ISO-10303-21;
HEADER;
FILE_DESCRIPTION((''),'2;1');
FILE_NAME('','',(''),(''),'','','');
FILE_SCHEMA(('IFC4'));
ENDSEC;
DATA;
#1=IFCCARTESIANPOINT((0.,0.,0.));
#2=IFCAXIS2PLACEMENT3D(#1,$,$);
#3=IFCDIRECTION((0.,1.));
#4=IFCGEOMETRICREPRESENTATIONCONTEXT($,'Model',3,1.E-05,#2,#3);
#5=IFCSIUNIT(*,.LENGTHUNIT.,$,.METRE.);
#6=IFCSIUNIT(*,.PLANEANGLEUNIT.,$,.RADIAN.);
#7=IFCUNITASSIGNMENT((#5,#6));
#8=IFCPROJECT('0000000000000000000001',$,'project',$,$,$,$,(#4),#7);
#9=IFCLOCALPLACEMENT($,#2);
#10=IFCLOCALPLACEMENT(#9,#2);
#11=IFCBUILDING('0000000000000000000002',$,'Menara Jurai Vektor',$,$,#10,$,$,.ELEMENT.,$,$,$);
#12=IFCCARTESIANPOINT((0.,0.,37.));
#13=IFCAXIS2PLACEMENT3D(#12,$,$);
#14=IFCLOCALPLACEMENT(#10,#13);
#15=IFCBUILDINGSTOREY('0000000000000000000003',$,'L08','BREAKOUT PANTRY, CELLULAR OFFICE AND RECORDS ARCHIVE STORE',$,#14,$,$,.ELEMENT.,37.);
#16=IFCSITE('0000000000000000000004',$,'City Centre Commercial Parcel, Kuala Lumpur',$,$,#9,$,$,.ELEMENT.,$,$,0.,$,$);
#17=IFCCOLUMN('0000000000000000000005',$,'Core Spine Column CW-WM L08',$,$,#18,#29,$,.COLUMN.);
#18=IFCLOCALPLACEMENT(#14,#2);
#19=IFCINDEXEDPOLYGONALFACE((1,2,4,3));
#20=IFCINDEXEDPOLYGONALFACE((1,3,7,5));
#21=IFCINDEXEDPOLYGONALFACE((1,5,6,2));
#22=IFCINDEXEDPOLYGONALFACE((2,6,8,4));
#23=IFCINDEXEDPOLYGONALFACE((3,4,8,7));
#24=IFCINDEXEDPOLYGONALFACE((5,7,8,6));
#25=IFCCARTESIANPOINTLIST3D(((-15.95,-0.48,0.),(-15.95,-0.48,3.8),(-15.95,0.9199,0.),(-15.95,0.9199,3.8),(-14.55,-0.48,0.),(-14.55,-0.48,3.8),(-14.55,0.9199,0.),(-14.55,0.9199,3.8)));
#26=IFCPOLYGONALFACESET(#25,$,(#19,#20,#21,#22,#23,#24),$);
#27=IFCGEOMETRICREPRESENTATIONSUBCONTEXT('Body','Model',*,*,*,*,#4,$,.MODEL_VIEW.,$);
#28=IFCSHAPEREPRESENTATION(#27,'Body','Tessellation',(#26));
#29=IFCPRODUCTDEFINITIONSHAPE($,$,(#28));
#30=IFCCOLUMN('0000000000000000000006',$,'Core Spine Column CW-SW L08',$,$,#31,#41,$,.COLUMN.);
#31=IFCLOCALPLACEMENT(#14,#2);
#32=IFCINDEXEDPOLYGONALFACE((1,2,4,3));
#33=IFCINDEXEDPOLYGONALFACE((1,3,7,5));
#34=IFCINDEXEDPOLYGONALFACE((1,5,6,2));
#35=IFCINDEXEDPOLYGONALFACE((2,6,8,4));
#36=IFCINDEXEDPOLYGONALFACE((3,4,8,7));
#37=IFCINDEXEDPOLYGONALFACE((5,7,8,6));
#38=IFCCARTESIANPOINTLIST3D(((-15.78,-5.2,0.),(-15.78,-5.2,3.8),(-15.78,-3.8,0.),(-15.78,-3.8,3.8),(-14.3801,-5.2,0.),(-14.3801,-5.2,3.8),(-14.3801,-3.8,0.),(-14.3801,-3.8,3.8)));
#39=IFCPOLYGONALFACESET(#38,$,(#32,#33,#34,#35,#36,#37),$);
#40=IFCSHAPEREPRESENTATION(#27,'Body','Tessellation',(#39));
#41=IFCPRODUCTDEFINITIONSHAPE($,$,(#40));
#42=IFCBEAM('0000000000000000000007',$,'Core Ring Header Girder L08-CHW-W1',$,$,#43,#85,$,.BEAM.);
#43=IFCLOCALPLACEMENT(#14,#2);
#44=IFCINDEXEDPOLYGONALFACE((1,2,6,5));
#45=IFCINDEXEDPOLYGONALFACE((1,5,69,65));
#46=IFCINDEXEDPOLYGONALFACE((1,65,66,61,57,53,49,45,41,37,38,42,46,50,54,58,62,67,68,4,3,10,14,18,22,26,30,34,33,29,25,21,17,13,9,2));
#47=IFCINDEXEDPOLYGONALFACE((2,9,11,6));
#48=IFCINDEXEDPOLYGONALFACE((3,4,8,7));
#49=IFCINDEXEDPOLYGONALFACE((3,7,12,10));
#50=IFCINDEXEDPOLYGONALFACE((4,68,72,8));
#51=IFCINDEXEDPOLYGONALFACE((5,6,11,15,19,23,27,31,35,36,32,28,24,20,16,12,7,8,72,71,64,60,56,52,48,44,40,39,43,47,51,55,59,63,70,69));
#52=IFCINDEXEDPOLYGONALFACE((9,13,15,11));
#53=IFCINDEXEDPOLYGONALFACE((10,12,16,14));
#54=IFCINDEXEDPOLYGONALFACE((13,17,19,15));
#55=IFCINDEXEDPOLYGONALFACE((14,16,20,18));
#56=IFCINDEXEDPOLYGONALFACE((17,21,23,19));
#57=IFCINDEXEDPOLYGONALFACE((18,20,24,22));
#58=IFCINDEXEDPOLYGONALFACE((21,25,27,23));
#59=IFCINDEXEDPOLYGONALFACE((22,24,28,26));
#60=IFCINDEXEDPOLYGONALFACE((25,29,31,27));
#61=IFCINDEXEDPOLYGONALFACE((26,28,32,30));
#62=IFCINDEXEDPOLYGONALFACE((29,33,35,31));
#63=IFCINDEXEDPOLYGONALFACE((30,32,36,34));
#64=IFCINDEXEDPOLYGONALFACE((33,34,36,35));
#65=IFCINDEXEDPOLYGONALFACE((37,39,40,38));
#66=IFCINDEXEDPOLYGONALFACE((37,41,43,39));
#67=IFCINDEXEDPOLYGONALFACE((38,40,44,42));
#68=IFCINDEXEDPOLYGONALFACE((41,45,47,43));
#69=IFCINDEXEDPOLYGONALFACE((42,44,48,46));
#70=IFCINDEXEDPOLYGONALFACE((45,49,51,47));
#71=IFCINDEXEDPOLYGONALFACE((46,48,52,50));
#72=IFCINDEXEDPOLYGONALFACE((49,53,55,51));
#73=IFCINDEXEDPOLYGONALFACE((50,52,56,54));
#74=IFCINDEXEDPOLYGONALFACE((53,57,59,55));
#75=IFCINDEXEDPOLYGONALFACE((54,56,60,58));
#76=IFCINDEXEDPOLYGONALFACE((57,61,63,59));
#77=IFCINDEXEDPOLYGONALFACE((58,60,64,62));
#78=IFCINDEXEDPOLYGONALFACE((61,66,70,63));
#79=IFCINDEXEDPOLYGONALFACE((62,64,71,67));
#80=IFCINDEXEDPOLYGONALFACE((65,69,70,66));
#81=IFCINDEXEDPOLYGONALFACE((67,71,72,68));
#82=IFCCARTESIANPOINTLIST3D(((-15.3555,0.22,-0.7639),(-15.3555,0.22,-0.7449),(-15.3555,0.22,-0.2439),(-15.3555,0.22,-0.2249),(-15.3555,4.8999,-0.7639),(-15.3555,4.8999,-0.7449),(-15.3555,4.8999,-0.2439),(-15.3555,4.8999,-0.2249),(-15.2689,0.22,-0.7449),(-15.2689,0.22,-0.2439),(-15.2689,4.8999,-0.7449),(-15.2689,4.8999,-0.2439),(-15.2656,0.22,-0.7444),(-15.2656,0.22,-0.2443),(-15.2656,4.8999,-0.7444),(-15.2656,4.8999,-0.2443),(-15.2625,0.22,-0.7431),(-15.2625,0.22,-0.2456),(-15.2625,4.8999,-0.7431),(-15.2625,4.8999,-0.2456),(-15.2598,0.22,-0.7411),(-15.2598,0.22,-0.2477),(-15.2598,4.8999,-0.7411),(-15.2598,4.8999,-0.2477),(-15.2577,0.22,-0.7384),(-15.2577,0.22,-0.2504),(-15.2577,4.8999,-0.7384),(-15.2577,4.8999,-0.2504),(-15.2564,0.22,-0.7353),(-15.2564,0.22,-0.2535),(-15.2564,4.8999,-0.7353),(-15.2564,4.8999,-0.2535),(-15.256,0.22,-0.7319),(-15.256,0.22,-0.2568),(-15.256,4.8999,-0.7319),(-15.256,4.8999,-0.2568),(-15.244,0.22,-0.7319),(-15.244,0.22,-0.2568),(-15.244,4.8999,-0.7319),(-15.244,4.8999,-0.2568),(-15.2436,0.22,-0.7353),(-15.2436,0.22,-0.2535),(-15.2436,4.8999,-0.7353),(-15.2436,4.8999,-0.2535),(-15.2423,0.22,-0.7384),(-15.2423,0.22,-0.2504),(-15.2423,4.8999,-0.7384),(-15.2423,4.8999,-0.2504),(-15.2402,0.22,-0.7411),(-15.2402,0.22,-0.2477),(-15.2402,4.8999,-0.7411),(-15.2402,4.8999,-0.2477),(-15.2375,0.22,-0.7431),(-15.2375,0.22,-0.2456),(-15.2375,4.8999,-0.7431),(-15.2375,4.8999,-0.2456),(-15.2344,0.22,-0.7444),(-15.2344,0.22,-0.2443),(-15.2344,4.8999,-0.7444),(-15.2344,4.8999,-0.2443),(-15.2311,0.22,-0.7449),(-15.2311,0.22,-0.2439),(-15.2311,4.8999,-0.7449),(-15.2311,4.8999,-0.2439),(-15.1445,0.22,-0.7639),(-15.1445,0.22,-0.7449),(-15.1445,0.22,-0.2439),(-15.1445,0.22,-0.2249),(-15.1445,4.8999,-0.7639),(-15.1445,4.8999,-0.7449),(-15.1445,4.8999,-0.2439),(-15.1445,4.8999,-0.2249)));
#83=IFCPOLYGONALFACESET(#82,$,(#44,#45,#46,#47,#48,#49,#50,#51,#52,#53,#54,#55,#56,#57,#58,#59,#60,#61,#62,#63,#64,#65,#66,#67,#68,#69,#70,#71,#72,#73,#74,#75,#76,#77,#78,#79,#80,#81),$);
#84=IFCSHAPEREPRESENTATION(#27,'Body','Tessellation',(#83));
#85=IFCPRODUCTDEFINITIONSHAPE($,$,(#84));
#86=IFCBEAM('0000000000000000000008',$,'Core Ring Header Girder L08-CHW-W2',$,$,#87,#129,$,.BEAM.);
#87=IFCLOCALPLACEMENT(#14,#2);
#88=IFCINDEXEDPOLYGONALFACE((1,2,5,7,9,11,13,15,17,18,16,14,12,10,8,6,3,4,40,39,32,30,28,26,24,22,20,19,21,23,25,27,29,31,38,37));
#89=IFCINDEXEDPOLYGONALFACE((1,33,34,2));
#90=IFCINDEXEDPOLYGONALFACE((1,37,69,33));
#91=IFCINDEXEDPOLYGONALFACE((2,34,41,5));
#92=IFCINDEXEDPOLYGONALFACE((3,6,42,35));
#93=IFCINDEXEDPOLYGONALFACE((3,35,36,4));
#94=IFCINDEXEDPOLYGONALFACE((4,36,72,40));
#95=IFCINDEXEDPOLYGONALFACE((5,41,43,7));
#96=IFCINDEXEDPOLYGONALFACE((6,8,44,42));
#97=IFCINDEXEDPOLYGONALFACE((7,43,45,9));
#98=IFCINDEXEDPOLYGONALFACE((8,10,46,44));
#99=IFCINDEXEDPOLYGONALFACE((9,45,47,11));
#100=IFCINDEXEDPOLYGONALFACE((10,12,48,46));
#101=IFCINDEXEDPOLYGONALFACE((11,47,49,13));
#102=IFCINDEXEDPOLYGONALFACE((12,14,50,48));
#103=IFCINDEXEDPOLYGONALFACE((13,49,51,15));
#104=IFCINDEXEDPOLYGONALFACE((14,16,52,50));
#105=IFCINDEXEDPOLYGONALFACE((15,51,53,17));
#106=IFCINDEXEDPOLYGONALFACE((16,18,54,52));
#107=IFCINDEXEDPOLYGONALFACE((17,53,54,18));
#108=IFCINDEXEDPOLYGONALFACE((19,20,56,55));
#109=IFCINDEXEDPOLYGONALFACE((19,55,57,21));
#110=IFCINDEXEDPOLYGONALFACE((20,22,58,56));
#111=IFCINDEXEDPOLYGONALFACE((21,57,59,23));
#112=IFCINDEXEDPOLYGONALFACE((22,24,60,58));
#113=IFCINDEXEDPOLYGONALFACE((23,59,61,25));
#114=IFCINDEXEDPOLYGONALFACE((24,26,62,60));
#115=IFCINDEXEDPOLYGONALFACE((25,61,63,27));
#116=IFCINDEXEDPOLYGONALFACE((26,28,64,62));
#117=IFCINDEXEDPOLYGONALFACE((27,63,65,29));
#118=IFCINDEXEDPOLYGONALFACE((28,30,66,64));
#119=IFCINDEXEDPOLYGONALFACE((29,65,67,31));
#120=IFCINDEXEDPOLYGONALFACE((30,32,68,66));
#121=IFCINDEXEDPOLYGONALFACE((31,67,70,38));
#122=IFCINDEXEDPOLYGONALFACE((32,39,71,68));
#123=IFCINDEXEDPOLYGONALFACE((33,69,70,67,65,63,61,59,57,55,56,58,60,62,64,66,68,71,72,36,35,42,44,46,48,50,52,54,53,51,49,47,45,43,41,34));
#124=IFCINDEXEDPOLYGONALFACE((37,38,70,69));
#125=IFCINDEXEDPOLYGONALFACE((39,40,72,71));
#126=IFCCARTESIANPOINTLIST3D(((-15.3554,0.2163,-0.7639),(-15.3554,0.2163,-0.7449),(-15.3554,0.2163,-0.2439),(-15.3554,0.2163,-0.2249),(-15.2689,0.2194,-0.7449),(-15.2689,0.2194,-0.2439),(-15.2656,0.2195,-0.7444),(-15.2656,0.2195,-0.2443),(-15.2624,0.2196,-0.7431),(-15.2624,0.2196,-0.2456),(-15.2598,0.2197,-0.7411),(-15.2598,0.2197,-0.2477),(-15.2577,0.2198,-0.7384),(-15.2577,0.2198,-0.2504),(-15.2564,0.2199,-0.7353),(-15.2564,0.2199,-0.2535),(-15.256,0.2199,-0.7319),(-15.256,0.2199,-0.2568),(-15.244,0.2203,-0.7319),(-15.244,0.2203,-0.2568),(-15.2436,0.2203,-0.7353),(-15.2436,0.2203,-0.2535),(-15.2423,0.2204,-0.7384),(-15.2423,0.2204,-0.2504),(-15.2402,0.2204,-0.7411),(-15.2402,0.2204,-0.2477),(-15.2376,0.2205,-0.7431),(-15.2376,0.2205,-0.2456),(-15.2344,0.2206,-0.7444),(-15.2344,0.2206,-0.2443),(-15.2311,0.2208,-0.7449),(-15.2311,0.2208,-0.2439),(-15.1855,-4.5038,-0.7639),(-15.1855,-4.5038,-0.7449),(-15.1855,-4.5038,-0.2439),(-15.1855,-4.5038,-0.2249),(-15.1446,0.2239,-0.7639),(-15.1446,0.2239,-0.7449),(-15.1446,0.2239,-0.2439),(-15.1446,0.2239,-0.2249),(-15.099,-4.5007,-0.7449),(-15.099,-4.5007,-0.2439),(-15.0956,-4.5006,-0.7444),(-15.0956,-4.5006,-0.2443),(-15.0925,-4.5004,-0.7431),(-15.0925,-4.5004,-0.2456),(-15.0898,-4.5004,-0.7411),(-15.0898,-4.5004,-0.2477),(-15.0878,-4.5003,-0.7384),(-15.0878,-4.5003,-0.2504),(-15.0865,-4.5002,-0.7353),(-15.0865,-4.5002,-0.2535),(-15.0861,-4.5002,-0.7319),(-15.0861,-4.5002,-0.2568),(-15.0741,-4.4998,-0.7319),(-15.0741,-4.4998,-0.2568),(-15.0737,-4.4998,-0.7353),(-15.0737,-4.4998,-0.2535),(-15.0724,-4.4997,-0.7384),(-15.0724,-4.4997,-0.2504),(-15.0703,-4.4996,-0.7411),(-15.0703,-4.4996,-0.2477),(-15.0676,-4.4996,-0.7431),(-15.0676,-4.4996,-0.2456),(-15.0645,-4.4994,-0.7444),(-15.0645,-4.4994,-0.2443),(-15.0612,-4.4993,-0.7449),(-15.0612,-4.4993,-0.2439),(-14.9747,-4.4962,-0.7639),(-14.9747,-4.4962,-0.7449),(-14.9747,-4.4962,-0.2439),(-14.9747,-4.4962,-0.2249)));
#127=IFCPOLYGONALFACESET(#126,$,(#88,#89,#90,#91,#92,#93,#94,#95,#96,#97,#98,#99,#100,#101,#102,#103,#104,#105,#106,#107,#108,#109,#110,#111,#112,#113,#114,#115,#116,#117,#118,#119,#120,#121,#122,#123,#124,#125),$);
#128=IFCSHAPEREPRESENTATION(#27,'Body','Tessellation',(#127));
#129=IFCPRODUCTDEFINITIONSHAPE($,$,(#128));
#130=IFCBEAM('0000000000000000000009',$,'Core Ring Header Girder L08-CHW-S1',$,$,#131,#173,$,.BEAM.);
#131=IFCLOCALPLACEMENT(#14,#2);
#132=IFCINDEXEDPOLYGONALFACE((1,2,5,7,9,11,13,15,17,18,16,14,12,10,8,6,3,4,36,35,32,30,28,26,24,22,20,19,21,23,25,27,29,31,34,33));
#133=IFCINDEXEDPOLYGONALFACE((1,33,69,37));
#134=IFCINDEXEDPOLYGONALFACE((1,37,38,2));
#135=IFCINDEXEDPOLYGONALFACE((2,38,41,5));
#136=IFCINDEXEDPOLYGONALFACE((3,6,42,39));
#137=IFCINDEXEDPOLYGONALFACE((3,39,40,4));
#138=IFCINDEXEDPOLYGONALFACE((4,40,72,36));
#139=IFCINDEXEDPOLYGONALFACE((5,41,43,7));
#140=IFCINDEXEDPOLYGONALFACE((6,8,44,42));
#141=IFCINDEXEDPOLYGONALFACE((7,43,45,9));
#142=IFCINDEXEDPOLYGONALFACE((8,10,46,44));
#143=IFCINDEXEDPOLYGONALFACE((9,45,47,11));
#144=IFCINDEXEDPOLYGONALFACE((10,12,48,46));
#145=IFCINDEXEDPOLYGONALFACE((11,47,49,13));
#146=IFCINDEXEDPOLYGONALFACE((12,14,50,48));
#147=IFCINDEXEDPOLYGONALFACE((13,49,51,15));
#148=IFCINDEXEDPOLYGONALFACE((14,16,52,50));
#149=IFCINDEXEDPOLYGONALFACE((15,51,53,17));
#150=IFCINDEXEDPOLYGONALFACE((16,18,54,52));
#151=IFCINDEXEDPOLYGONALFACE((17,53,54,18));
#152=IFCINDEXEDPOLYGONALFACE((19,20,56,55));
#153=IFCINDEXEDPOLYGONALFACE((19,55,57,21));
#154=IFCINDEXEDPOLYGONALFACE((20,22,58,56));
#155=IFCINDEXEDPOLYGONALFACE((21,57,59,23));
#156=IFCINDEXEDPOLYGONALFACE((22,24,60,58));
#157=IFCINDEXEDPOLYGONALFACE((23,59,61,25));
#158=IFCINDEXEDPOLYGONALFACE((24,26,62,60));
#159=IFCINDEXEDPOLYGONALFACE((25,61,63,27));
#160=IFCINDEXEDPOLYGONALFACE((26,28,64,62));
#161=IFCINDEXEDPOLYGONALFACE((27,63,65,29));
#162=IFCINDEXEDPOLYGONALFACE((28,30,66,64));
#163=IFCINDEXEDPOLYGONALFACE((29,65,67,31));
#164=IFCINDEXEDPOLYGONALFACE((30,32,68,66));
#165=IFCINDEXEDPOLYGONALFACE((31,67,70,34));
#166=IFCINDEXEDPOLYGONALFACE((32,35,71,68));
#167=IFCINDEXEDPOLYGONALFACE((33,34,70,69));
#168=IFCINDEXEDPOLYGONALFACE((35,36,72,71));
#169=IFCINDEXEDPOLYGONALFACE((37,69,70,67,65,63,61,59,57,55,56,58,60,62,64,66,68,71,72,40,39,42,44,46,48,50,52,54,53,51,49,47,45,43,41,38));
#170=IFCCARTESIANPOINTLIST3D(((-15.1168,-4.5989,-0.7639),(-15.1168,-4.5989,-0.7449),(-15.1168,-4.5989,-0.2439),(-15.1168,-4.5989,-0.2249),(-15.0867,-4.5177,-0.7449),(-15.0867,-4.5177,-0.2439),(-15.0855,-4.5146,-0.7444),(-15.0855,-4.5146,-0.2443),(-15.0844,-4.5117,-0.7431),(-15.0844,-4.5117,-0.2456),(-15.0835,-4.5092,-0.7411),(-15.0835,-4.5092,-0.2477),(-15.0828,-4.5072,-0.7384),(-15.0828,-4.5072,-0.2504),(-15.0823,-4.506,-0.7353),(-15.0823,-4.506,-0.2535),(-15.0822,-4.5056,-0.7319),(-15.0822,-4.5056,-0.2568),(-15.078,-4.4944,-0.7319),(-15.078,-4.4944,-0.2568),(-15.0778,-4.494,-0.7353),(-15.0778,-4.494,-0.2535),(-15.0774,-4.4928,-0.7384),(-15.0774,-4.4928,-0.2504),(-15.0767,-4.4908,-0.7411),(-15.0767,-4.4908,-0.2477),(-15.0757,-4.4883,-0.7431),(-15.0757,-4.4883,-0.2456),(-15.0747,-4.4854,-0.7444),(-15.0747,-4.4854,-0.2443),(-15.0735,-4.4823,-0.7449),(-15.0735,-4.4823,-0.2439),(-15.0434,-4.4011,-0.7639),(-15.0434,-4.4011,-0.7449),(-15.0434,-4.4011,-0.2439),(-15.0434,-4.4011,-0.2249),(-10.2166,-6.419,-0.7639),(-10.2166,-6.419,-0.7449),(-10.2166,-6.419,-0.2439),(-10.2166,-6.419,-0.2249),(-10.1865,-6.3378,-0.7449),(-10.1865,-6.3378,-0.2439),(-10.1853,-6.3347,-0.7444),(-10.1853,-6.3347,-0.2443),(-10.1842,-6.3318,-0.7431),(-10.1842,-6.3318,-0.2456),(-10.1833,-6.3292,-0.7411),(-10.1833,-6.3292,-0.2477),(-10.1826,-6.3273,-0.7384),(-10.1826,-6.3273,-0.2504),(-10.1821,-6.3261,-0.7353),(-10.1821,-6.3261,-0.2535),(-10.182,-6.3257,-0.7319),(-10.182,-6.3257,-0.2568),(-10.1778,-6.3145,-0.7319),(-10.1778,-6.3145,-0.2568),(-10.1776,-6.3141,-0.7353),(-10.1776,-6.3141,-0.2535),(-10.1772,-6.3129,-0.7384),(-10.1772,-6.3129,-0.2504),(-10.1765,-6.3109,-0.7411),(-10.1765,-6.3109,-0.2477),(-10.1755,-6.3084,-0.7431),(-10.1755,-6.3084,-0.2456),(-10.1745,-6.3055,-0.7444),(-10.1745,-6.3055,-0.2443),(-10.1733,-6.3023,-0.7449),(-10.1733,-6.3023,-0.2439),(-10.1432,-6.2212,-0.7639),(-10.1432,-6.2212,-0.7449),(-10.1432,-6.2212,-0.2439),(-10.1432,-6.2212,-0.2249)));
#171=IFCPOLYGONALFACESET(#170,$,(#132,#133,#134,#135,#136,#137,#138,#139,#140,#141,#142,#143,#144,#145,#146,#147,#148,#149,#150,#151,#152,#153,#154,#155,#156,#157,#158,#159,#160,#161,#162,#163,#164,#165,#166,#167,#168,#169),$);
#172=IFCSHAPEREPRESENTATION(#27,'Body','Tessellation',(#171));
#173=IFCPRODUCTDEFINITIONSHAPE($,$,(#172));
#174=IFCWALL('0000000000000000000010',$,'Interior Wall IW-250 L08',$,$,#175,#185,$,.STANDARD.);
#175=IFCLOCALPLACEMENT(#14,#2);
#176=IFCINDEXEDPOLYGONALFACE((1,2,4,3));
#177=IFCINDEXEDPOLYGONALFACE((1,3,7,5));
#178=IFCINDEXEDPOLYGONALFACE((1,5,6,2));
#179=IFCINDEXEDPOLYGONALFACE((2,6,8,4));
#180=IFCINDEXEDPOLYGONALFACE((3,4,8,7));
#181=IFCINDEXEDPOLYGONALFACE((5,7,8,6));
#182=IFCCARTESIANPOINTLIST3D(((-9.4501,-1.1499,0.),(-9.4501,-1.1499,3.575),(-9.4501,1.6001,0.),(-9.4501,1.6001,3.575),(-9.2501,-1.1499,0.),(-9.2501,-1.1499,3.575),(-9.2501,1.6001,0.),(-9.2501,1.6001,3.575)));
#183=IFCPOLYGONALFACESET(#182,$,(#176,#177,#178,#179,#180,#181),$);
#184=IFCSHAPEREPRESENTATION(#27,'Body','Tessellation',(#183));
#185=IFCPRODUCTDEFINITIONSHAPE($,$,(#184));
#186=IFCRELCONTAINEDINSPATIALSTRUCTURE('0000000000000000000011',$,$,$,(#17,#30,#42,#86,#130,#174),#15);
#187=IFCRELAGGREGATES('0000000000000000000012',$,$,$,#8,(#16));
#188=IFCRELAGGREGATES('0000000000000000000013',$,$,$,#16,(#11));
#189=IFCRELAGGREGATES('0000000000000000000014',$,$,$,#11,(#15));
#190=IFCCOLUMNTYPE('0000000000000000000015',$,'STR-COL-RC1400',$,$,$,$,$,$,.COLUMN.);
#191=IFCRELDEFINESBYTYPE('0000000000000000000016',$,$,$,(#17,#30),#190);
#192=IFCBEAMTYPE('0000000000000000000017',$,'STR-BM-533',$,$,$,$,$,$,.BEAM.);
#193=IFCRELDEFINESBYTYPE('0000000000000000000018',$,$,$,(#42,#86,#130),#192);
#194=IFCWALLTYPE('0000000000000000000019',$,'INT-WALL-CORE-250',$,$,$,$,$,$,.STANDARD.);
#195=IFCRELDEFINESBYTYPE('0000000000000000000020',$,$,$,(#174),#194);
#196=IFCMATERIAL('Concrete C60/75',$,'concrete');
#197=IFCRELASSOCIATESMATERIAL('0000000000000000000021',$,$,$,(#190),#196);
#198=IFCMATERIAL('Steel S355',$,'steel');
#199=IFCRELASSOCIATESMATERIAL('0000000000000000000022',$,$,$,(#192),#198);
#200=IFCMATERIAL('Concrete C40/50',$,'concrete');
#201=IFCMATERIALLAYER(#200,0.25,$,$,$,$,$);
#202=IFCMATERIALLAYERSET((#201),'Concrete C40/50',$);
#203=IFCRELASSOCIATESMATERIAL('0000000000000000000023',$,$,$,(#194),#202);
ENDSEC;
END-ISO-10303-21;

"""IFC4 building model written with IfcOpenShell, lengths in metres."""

from ifc_helpers import new_model, si_unit, direction, frame, frame_2d, origin, origin_2d, place, context, subcontext, project, spatial, rectangle, i_section, extrude, material, layer, layer_set, material_profile, profile_set, type_object, element, save


model = new_model("IFC4")

# Units and contexts
model_context = context("Model", 3, precision=1e-05, world=origin(), true_north=direction((0.0, 1.0)))
body_context = subcontext(model_context, "Body", "Model", "MODEL_VIEW")
ifc_project = project(units=[si_unit("LENGTHUNIT", "METRE"), si_unit("PLANEANGLEUNIT", "RADIAN")], contexts=[model_context])

# Site, building, storey
site_placement = place(None, origin())
site = spatial("IfcSite", under=ifc_project, at=site_placement, Name="City Centre Commercial Parcel, Kuala Lumpur", CompositionType="ELEMENT", RefElevation=0.0)
building_placement = place(site_placement, origin())
building = spatial("IfcBuilding", under=site, at=building_placement, Name="Menara Jurai Vektor", CompositionType="ELEMENT")
storey_placement = place(building_placement, frame((0.0, 0.0, 37.0)))
storey = spatial("IfcBuildingStorey", under=building, at=storey_placement, Name="L08", Description="BREAKOUT PANTRY, CELLULAR OFFICE AND RECORDS ARCHIVE STORE", CompositionType="ELEMENT", Elevation=37.0)

# Columns
ifc_material_1 = material(Name="Concrete C60/75", Category="concrete")
ifc_material_profile_1 = material_profile(ifc_material_1, rectangle(XDim=1.3999, YDim=1.3999, at=origin_2d()), Name="RC 1400x1400")
ifc_profile_set_1 = profile_set([ifc_material_profile_1], Name="Concrete C60/75")
column_type = type_object("IfcColumnType", Name="STR-COL-RC1400", PredefinedType="COLUMN", material=ifc_profile_set_1)
for number, where, z_axis, x_axis, name in (
    (1, (-15.25, 0.22, 0.0), (0.0, 0.0, 1.0), (1.0, 0.0, 0.0), "Core Spine Column CW-WM L08"),
    (2, (-15.0801, -4.5, 0.0), (0.0, 0.0, 1.0), (1.0, 0.0, 0.0), "Core Spine Column CW-SW L08"),
):
    element("IfcColumn", number, at=place(storey_placement, frame(where, z_axis=z_axis, x_axis=x_axis)), inside=storey, type_object=column_type, Name=name, PredefinedType="COLUMN", context=body_context, shape_type="SweptSolid", body=[
        extrude(rectangle(XDim=1.3999, YDim=1.3999, at=origin_2d()), origin(), (0.0, 0.0, 1.0), 3.8),
    ])

# Beams
ifc_material_2 = material(Name="Steel S355", Category="steel")
ifc_material_profile_2 = material_profile(ifc_material_2, i_section(OverallWidth=0.2109, OverallDepth=0.5391, WebThickness=0.012, FlangeThickness=0.019, FilletRadius=0.0129, at=origin_2d()), Name="UKB 533x210x109")
ifc_profile_set_2 = profile_set([ifc_material_profile_2], Name="Steel S355")
beam_type = type_object("IfcBeamType", Name="STR-BM-533", PredefinedType="BEAM", material=ifc_profile_set_2)
beam_1_placement = place(storey_placement, frame((-15.25, 0.22, -0.4944), z_axis=(0.0, 1.0, 0.0), x_axis=(-1.0, 0.0, 0.0)))
element("IfcBeam", 3, at=beam_1_placement, inside=storey, type_object=beam_type, Name="Core Ring Header Girder L08-CHW-W1", PredefinedType="BEAM", context=body_context, shape_type="SweptSolid", body=[
    extrude(i_section(OverallWidth=0.2109, OverallDepth=0.5391, WebThickness=0.012, FlangeThickness=0.019, FilletRadius=0.0129, at=origin_2d()), origin(), (0.0, 0.0, 1.0), 4.6799),
])
beam_2_placement = place(storey_placement, frame((-15.0801, -4.5, -0.4944), z_axis=(-0.035977, 0.999353, 0.0), x_axis=(-0.999353, -0.035977, 0.0)))
element("IfcBeam", 4, at=beam_2_placement, inside=storey, type_object=beam_type, Name="Core Ring Header Girder L08-CHW-W2", PredefinedType="BEAM", context=body_context, shape_type="SweptSolid", body=[
    extrude(i_section(OverallWidth=0.2109, OverallDepth=0.5391, WebThickness=0.012, FlangeThickness=0.019, FilletRadius=0.0129, at=origin_2d()), origin(), (0.0, 0.0, 1.0), 4.7231),
])
beam_3_placement = place(storey_placement, frame((-15.0801, -4.5, -0.4944), z_axis=(0.937424, -0.348189, 0.0), x_axis=(0.348189, 0.937424, 0.0)))
element("IfcBeam", 5, at=beam_3_placement, inside=storey, type_object=beam_type, Name="Core Ring Header Girder L08-CHW-S1", PredefinedType="BEAM", context=body_context, shape_type="SweptSolid", body=[
    extrude(i_section(OverallWidth=0.2109, OverallDepth=0.5391, WebThickness=0.012, FlangeThickness=0.019, FilletRadius=0.0129, at=origin_2d()), origin(), (0.0, 0.0, 1.0), 5.2273),
])

# Shared definitions
ifc_material_3 = material(Name="Concrete C40/50", Category="concrete")
ifc_layer_1 = layer(ifc_material_3, 0.25)
ifc_layer_set_1 = layer_set([ifc_layer_1], Name="Concrete C40/50")
wall_type_1 = type_object("IfcWallType", Name="INT-WALL-CORE-250", PredefinedType="STANDARD", material=ifc_layer_set_1)

# Wall
wall_1_placement = place(storey_placement, frame((-9.3501, -1.1499, 0.0), z_axis=(0.0, 0.0, 1.0), x_axis=(0.0, 1.0, 0.0)))
element("IfcWall", 6, at=wall_1_placement, inside=storey, type_object=wall_type_1, Name="Interior Wall IW-250 L08", PredefinedType="STANDARD", context=body_context, shape_type="SweptSolid", body=[
    extrude(rectangle(XDim=2.75, YDim=0.2, at=frame_2d((1.375, 0.0))), origin(), (0.0, 0.0, 1.0), 3.575),
])

save(model, "model.ifc")
